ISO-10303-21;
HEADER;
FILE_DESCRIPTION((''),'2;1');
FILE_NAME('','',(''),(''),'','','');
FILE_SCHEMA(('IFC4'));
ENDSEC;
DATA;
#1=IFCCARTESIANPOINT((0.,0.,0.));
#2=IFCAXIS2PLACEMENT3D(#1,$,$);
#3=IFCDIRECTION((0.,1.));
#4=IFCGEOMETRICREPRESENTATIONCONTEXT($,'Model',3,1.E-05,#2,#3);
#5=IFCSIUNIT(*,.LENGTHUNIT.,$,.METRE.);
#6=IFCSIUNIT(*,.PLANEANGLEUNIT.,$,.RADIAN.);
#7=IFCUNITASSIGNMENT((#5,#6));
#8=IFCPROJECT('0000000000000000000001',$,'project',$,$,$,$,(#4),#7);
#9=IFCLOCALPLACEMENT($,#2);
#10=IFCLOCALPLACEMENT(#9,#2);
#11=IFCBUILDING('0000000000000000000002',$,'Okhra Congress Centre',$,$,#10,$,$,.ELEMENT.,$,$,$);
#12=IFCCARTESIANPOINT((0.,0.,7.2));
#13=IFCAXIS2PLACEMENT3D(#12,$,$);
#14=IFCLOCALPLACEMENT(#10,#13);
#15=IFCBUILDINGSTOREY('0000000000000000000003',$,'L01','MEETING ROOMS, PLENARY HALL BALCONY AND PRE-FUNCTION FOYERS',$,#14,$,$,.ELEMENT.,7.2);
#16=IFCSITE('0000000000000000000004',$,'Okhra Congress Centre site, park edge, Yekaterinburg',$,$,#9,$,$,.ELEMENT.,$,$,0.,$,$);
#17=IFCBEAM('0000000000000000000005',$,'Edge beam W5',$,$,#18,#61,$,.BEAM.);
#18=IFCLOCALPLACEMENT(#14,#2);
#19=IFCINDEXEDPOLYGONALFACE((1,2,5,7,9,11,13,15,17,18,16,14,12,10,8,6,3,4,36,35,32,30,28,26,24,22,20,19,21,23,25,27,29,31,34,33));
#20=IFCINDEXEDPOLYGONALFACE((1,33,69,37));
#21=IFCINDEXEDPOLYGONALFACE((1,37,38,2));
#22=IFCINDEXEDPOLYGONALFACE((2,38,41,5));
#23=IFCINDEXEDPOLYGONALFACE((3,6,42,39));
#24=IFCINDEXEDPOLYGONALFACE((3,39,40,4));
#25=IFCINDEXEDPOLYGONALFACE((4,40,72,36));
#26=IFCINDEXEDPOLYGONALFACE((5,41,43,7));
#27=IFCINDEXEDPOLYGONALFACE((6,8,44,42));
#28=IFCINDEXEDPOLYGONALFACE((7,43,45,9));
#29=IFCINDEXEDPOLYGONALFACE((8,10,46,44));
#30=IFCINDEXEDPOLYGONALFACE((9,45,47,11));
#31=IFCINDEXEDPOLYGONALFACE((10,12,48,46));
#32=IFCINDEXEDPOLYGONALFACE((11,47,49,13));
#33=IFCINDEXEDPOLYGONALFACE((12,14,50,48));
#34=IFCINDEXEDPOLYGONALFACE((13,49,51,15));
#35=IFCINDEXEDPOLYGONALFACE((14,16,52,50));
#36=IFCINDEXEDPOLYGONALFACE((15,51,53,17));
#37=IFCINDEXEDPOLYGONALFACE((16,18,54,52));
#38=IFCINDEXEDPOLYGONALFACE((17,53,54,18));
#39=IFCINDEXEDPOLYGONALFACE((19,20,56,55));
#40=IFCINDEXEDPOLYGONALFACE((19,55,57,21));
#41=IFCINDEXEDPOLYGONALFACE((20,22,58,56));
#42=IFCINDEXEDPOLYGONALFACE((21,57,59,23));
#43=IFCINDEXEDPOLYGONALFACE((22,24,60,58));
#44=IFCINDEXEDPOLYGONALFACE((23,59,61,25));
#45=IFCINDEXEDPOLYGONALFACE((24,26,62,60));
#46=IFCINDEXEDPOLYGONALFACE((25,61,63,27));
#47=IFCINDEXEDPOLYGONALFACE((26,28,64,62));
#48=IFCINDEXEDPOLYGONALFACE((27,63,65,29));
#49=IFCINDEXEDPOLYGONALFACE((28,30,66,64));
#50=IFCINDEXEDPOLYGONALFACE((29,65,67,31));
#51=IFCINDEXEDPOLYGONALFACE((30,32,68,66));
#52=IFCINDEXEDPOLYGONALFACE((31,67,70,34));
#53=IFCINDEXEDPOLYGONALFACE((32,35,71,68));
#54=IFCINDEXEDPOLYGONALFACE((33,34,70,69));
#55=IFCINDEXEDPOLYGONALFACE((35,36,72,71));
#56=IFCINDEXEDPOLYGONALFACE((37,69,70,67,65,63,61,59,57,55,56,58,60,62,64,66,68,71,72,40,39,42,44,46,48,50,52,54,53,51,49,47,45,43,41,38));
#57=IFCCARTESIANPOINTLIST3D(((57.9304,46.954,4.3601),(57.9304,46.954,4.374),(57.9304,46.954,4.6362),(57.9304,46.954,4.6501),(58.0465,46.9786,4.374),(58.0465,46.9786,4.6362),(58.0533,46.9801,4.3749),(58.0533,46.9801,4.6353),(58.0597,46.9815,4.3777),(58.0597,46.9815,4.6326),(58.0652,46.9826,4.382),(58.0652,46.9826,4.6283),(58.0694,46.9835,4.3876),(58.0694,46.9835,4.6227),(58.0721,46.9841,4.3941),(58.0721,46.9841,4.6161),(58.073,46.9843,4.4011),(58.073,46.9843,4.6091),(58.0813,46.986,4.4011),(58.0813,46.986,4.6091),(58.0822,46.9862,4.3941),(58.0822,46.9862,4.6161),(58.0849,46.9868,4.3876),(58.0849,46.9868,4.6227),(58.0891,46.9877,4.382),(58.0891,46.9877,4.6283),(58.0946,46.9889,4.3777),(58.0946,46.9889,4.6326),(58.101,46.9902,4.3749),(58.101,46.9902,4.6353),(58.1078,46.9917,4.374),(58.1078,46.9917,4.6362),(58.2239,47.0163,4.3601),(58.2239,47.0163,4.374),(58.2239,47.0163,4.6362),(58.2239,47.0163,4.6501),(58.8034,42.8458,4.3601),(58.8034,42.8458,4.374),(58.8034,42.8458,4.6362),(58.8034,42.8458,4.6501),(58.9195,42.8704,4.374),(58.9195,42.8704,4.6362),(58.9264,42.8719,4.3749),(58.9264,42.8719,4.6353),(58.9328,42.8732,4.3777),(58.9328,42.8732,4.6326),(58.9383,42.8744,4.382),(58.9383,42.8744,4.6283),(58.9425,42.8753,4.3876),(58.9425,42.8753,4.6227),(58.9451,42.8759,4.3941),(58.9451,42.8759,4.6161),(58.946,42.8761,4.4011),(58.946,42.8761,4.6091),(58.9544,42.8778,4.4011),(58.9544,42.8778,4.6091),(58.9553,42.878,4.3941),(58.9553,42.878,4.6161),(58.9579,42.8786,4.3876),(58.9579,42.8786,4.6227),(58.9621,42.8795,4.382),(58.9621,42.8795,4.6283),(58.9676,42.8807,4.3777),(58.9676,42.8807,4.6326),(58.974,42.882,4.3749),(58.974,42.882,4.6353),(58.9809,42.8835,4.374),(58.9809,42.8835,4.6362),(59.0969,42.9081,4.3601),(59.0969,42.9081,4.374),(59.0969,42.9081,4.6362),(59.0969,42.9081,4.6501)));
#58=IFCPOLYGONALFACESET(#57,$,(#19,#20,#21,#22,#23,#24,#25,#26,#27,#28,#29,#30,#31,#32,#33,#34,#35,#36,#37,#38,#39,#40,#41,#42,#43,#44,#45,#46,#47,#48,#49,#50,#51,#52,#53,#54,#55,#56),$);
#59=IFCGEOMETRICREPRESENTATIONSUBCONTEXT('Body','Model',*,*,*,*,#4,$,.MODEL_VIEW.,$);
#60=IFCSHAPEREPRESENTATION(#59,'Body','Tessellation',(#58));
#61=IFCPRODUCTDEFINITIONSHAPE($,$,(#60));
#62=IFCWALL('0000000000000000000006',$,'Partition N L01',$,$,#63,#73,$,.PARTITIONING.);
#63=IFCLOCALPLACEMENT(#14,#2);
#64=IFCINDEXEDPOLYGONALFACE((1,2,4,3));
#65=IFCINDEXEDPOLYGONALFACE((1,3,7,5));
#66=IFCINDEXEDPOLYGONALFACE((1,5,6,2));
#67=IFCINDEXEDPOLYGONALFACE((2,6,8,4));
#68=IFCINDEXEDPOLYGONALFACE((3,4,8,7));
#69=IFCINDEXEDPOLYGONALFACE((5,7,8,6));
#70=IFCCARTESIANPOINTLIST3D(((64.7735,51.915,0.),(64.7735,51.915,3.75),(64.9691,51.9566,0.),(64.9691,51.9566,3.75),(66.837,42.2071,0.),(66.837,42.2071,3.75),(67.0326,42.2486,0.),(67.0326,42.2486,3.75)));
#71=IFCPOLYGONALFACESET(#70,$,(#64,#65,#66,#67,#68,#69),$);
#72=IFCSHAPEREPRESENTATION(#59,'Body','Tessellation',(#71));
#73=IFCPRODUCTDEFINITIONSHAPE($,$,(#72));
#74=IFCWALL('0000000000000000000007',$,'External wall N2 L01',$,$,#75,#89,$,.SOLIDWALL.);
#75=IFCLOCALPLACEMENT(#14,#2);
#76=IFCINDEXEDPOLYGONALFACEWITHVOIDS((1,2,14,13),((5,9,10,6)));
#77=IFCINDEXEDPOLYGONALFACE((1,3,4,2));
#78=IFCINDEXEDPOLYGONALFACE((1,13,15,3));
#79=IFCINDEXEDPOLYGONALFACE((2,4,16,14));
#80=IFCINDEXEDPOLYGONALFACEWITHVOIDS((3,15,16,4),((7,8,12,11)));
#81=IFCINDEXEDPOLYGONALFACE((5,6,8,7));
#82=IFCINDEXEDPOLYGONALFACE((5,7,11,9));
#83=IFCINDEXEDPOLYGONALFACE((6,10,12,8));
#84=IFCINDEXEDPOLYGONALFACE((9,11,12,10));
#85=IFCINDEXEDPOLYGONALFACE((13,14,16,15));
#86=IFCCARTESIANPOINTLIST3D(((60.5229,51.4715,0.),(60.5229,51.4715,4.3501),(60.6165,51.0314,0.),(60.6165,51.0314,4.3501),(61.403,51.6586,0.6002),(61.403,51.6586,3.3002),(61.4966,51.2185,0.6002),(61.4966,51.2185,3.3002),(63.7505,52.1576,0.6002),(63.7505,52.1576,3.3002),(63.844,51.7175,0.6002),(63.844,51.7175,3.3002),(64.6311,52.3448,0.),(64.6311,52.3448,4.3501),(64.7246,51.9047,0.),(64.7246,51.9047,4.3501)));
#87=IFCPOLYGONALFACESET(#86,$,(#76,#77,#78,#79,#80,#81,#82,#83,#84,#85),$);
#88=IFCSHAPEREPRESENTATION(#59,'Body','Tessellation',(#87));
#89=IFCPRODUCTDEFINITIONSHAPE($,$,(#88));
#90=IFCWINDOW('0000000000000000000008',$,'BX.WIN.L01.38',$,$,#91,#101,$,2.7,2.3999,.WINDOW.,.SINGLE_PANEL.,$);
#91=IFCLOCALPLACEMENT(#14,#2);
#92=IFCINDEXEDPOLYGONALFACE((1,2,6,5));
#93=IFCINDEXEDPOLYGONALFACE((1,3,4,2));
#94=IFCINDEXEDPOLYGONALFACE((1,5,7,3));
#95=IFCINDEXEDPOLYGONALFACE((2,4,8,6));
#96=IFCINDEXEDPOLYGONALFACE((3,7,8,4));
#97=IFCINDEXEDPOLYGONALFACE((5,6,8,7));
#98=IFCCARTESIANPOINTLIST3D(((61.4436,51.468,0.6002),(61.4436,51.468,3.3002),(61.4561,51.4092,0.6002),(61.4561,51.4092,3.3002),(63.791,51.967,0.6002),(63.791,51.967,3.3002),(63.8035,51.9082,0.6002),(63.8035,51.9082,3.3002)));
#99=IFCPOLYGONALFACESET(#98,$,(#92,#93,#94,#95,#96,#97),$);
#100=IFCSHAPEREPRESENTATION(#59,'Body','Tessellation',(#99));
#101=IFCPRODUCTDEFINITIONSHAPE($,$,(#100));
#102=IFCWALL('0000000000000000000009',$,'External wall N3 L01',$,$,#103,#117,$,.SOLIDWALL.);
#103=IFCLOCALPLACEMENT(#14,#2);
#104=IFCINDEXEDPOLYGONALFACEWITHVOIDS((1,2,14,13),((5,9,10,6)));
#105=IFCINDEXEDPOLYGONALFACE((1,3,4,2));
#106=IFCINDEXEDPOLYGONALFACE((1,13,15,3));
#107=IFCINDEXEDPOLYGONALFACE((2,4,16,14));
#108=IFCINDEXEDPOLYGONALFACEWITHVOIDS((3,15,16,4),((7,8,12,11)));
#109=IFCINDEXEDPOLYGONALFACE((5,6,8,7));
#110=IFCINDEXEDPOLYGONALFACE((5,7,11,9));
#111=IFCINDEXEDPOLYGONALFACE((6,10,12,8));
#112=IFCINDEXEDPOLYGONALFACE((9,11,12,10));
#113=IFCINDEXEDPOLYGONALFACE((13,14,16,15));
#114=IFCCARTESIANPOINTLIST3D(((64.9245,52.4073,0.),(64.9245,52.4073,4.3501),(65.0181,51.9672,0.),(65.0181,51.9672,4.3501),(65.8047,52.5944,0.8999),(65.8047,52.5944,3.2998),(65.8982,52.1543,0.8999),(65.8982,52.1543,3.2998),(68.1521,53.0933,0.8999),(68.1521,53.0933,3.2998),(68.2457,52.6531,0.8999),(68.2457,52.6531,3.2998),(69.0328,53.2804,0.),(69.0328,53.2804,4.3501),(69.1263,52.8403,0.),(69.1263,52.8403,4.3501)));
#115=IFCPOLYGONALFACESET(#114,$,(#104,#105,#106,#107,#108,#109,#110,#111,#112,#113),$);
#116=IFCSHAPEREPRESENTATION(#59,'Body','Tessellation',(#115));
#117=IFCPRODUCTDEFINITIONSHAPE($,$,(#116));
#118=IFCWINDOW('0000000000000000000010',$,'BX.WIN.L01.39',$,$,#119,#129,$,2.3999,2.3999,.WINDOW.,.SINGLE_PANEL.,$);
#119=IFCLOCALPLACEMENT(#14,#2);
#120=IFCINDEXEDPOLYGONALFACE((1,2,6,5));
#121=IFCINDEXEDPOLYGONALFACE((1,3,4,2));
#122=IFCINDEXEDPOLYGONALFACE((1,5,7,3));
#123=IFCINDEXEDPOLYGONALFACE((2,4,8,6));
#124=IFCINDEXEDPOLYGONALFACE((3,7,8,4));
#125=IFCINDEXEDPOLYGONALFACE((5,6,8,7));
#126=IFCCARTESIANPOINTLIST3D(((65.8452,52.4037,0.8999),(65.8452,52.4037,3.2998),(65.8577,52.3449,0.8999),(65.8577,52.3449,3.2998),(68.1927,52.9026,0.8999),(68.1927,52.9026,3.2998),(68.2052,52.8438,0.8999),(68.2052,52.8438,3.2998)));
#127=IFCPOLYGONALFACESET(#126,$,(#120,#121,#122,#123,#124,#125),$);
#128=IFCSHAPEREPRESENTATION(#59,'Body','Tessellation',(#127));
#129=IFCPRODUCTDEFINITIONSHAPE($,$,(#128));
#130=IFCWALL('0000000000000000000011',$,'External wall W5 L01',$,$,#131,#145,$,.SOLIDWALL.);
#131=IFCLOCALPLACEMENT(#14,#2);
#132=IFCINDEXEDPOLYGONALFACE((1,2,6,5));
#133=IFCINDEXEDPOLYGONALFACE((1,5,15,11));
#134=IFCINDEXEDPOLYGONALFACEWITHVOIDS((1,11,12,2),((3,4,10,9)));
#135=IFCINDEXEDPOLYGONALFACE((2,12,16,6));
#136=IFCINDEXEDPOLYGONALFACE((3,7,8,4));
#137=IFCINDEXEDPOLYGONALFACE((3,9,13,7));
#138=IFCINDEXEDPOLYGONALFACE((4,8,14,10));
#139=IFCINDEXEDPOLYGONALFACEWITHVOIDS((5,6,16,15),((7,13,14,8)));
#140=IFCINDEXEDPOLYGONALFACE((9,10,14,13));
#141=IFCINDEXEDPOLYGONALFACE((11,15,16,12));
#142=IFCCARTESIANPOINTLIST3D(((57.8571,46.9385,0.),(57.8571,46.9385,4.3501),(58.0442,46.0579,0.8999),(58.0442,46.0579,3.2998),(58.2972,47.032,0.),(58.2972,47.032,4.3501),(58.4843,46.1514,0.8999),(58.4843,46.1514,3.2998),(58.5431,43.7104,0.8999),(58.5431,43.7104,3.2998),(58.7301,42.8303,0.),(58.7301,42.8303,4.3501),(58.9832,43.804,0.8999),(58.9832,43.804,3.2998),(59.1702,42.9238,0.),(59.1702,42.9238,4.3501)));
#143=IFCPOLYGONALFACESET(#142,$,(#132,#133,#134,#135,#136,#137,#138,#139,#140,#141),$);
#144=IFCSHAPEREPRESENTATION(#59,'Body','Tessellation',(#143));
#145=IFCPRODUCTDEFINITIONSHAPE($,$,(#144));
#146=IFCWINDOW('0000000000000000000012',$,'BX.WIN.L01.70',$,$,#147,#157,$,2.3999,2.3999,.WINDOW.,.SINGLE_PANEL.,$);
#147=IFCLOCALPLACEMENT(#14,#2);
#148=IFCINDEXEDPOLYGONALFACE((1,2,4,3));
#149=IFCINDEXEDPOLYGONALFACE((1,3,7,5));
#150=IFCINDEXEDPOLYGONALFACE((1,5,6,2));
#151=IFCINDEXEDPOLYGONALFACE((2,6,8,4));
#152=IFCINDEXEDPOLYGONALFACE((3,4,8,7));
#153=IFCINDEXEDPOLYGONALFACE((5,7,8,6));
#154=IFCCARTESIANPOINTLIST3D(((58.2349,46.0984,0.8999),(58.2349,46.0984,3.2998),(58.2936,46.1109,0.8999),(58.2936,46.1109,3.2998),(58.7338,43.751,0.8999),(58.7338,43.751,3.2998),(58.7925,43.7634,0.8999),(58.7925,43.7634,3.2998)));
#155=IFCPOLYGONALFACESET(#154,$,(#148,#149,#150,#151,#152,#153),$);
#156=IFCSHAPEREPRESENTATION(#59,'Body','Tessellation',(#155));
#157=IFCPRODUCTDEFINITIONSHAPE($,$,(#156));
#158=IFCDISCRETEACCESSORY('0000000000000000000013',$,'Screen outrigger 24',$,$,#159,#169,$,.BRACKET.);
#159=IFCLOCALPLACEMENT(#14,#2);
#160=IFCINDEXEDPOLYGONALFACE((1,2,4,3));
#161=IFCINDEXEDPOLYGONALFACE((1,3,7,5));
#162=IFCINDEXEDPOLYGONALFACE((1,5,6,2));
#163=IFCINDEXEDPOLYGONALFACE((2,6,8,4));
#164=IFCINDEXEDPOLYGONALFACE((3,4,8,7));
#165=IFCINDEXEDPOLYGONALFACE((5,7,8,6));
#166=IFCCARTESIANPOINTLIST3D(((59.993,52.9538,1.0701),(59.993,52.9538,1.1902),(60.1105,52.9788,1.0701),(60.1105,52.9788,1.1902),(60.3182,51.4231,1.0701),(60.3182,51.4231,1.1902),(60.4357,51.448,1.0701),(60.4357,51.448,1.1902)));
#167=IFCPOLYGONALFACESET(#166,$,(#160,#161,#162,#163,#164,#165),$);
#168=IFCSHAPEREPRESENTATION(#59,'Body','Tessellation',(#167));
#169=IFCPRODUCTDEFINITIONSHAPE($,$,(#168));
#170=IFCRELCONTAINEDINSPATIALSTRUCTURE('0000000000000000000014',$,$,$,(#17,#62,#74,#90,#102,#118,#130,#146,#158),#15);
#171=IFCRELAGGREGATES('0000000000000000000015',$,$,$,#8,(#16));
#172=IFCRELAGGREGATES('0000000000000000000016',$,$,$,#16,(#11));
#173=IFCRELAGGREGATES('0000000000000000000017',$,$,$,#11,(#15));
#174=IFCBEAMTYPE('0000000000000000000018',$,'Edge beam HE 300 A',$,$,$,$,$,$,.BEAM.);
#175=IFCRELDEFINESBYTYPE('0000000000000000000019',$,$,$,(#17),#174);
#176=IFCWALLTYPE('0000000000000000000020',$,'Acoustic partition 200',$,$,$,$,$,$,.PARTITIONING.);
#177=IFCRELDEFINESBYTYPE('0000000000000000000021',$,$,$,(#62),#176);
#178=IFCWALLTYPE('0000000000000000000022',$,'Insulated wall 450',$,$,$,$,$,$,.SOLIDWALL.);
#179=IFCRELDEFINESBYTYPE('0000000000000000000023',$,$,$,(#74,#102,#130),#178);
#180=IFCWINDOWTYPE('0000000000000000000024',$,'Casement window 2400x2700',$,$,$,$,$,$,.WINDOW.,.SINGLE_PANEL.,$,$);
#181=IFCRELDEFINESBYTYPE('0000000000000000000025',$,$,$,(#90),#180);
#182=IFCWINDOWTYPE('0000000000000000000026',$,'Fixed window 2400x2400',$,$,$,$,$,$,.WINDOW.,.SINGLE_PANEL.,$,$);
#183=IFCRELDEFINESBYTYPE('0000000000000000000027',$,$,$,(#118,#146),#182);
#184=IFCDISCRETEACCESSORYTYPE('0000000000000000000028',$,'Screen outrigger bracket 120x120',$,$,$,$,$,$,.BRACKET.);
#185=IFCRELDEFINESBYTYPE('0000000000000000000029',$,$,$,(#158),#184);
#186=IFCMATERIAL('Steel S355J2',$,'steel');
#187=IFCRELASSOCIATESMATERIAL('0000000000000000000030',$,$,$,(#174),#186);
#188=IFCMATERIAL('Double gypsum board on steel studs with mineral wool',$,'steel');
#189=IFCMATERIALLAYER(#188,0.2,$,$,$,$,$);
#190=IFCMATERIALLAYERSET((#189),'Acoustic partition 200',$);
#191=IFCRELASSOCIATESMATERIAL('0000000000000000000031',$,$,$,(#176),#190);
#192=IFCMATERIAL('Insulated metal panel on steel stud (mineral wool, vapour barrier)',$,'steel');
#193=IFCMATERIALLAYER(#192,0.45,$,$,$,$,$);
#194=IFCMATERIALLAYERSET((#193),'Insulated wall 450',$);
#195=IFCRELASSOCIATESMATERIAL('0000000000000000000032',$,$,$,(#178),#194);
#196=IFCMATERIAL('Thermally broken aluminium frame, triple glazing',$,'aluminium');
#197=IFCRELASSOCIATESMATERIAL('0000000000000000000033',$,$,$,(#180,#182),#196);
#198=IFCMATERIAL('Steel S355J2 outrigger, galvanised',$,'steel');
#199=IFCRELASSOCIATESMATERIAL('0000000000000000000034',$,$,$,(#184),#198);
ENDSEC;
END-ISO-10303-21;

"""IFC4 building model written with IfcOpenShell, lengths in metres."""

from ifc_helpers import new_model, si_unit, direction, frame, frame_2d, origin, origin_2d, place, context, subcontext, project, spatial, rectangle, i_section, extrude, material, layer, layer_set, material_profile, profile_set, type_object, element, fill, save


model = new_model("IFC4")

# Units and contexts
model_context = context("Model", 3, precision=1e-05, world=origin(), true_north=direction((0.0, 1.0)))
body_context = subcontext(model_context, "Body", "Model", "MODEL_VIEW")
ifc_project = project(units=[si_unit("LENGTHUNIT", "METRE"), si_unit("PLANEANGLEUNIT", "RADIAN")], contexts=[model_context])

# Site, building, storey
site_placement = place(None, origin())
site = spatial("IfcSite", under=ifc_project, at=site_placement, Name="Okhra Congress Centre site, park edge, Yekaterinburg", CompositionType="ELEMENT", RefElevation=0.0)
building_placement = place(site_placement, origin())
building = spatial("IfcBuilding", under=site, at=building_placement, Name="Okhra Congress Centre", CompositionType="ELEMENT")
storey_placement = place(building_placement, frame((0.0, 0.0, 7.2)))
storey = spatial("IfcBuildingStorey", under=building, at=storey_placement, Name="L01", Description="MEETING ROOMS, PLENARY HALL BALCONY AND PRE-FUNCTION FOYERS", CompositionType="ELEMENT", Elevation=7.2)

# Shared definitions
ifc_material_1 = material(Name="Steel S355J2", Category="steel")

# Beam
ifc_material_profile_1 = material_profile(ifc_material_1, i_section(OverallWidth=0.3, OverallDepth=0.29, WebThickness=0.0085, FlangeThickness=0.0139, FilletRadius=0.0271, at=origin_2d()), Name="HE 300 A")
ifc_profile_set_1 = profile_set([ifc_material_profile_1], Name="Steel S355J2")
beam_type = type_object("IfcBeamType", Name="Edge beam HE 300 A", PredefinedType="BEAM", material=ifc_profile_set_1)
for number, where, z_axis, x_axis, name in (
    (1, (58.9502, 42.877, 4.5051), (-0.207873, 0.978156, 0.0), (-0.978156, -0.207873, 0.0), "Edge beam W5"),
):
    element("IfcBeam", number, at=place(storey_placement, frame(where, z_axis=z_axis, x_axis=x_axis)), inside=storey, type_object=beam_type, Name=name, PredefinedType="BEAM", context=body_context, shape_type="SweptSolid", body=[
        extrude(i_section(OverallWidth=0.3, OverallDepth=0.29, WebThickness=0.0085, FlangeThickness=0.0139, FilletRadius=0.0271, at=origin_2d()), origin(), (0.0, 0.0, 1.0), 4.2),
    ])

# Wall
ifc_material_2 = material(Name="Double gypsum board on steel studs with mineral wool", Category="steel")
ifc_layer_1 = layer(ifc_material_2, 0.2)
ifc_layer_set_1 = layer_set([ifc_layer_1], Name="Acoustic partition 200")
wall_type_1 = type_object("IfcWallType", Name="Acoustic partition 200", PredefinedType="PARTITIONING", material=ifc_layer_set_1)
wall_1_placement = place(storey_placement, frame((64.8713, 51.9358, 0.0), z_axis=(0.0, 0.0, 1.0), x_axis=(0.207909, -0.978148, 0.0)))
element("IfcWall", 2, at=wall_1_placement, inside=storey, type_object=wall_type_1, Name="Partition N L01", PredefinedType="PARTITIONING", context=body_context, shape_type="SweptSolid", body=[
    extrude(rectangle(XDim=9.9248, YDim=0.2, at=frame_2d((4.9624, 0.0))), origin(), (0.0, 0.0, 1.0), 3.75),
])

# Walls, openings, windows
ifc_material_3 = material(Name="Insulated metal panel on steel stud (mineral wool, vapour barrier)", Category="steel")
ifc_layer_2 = layer(ifc_material_3, 0.45)
ifc_layer_set_2 = layer_set([ifc_layer_2], Name="Insulated wall 450")
wall_type_2 = type_object("IfcWallType", Name="Insulated wall 450", PredefinedType="SOLIDWALL", material=ifc_layer_set_2)
wall_2_placement = place(storey_placement, frame((60.5696, 51.2515, 0.0), z_axis=(0.0, 0.0, 1.0), x_axis=(0.978144, 0.207929, 0.0)))
wall_2 = element("IfcWall", 3, at=wall_2_placement, inside=storey, type_object=wall_type_2, Name="External wall N2 L01", PredefinedType="SOLIDWALL", context=body_context, shape_type="SweptSolid", body=[
    extrude(rectangle(XDim=4.2, YDim=0.45, at=frame_2d((2.1001, 0.0))), origin(), (0.0, 0.0, 1.0), 4.3501),
])
opening_1_placement = place(wall_2_placement, frame((0.8999, 0.0, 0.6001)))
opening_1 = element("IfcOpeningElement", 4, at=opening_1_placement, cuts=wall_2, PredefinedType="OPENING", context=body_context, shape_type="SweptSolid", body=[
    extrude(rectangle(XDim=2.3999, YDim=2.7, at=frame_2d((1.2, 1.3501))), frame((0.0, 0.2349, 0.0), z_axis=(0.0, -1.0, 0.0), x_axis=(1.0, 0.0, 0.0)), (0.0, 0.0, 1.0), 0.47),
])
ifc_material_4 = material(Name="Thermally broken aluminium frame, triple glazing", Category="aluminium")
window_type_1 = type_object("IfcWindowType", Name="Casement window 2400x2700", PartitioningType="SINGLE_PANEL", PredefinedType="WINDOW", material=ifc_material_4)
window_1_placement = place(opening_1_placement, origin())
window_1 = element("IfcWindow", 5, at=window_1_placement, inside=storey, type_object=window_type_1, Name="BX.WIN.L01.38", OverallHeight=2.7, OverallWidth=2.3999, PartitioningType="SINGLE_PANEL", PredefinedType="WINDOW", context=body_context, shape_type="SweptSolid", body=[
    extrude(rectangle(XDim=2.3999, YDim=2.7, at=frame_2d((1.2, 1.3501))), frame((0.0, 0.03, 0.0), z_axis=(0.0, -1.0, 0.0), x_axis=(1.0, 0.0, 0.0)), (0.0, 0.0, 1.0), 0.0601),
])
fill(opening_1, window_1)
wall_3_placement = place(storey_placement, frame((64.9712, 52.1873, 0.0), z_axis=(0.0, 0.0, 1.0), x_axis=(0.978156, 0.207873, 0.0)))
wall_3 = element("IfcWall", 6, at=wall_3_placement, inside=storey, type_object=wall_type_2, Name="External wall N3 L01", PredefinedType="SOLIDWALL", context=body_context, shape_type="SweptSolid", body=[
    extrude(rectangle(XDim=4.2, YDim=0.45, at=frame_2d((2.1001, 0.0))), origin(), (0.0, 0.0, 1.0), 4.3501),
])
opening_2_placement = place(wall_3_placement, frame((0.8999, 0.0, 0.8999)))
opening_2 = element("IfcOpeningElement", 7, at=opening_2_placement, cuts=wall_3, PredefinedType="OPENING", context=body_context, shape_type="SweptSolid", body=[
    extrude(rectangle(XDim=2.3999, YDim=2.3999, at=frame_2d((1.2, 1.2))), frame((0.0, 0.2349, 0.0), z_axis=(0.0, -1.0, 0.0), x_axis=(1.0, 0.0, 0.0)), (0.0, 0.0, 1.0), 0.47),
])
window_type_2 = type_object("IfcWindowType", Name="Fixed window 2400x2400", PartitioningType="SINGLE_PANEL", PredefinedType="WINDOW", material=ifc_material_4)
window_2_placement = place(opening_2_placement, origin())
window_2 = element("IfcWindow", 8, at=window_2_placement, inside=storey, type_object=window_type_2, Name="BX.WIN.L01.39", OverallHeight=2.3999, OverallWidth=2.3999, PartitioningType="SINGLE_PANEL", PredefinedType="WINDOW", context=body_context, shape_type="SweptSolid", body=[
    extrude(rectangle(XDim=2.3999, YDim=2.3999, at=frame_2d((1.2, 1.2))), frame((0.0, 0.03, 0.0), z_axis=(0.0, -1.0, 0.0), x_axis=(1.0, 0.0, 0.0)), (0.0, 0.0, 1.0), 0.0601),
])
fill(opening_2, window_2)
wall_4_placement = place(storey_placement, frame((58.9502, 42.877, 0.0), z_axis=(0.0, 0.0, 1.0), x_axis=(-0.207873, 0.978156, 0.0)))
wall_4 = element("IfcWall", 9, at=wall_4_placement, inside=storey, type_object=wall_type_2, Name="External wall W5 L01", PredefinedType="SOLIDWALL", context=body_context, shape_type="SweptSolid", body=[
    extrude(rectangle(XDim=4.2, YDim=0.45, at=frame_2d((2.1001, 0.0))), origin(), (0.0, 0.0, 1.0), 4.3501),
])
opening_3_placement = place(wall_4_placement, frame((0.8999, 0.0, 0.8999)))
opening_3 = element("IfcOpeningElement", 10, at=opening_3_placement, cuts=wall_4, PredefinedType="OPENING", context=body_context, shape_type="SweptSolid", body=[
    extrude(rectangle(XDim=2.3999, YDim=2.3999, at=frame_2d((1.2, 1.2))), frame((0.0, 0.2349, 0.0), z_axis=(0.0, -1.0, 0.0), x_axis=(1.0, 0.0, 0.0)), (0.0, 0.0, 1.0), 0.47),
])
window_3_placement = place(opening_3_placement, origin())
window_3 = element("IfcWindow", 11, at=window_3_placement, inside=storey, type_object=window_type_2, Name="BX.WIN.L01.70", OverallHeight=2.3999, OverallWidth=2.3999, PartitioningType="SINGLE_PANEL", PredefinedType="WINDOW", context=body_context, shape_type="SweptSolid", body=[
    extrude(rectangle(XDim=2.3999, YDim=2.3999, at=frame_2d((1.2, 1.2))), frame((0.0, 0.03, 0.0), z_axis=(0.0, -1.0, 0.0), x_axis=(1.0, 0.0, 0.0)), (0.0, 0.0, 1.0), 0.0601),
])
fill(opening_3, window_3)

# Discrete accessory
ifc_material_5 = material(Name="Steel S355J2 outrigger, galvanised", Category="steel")
ifc_material_profile_2 = material_profile(ifc_material_5, rectangle(XDim=0.1201, YDim=0.1201, at=origin_2d()), Name="Screen outrigger bracket 120x120")
ifc_profile_set_2 = profile_set([ifc_material_profile_2], Name="Steel S355J2 outrigger, galvanised")
discrete_accessory_type = type_object("IfcDiscreteAccessoryType", Name="Screen outrigger bracket 120x120", PredefinedType="BRACKET", material=ifc_profile_set_2)
for number, where, z_axis, x_axis, name in (
    (12, (60.377, 51.4355, 1.1301), (-0.207803, 0.978171, 0.0), (-0.978171, -0.207803, 0.0), "Screen outrigger 24"),
):
    element("IfcDiscreteAccessory", number, at=place(storey_placement, frame(where, z_axis=z_axis, x_axis=x_axis)), inside=storey, type_object=discrete_accessory_type, Name=name, PredefinedType="BRACKET", context=body_context, shape_type="SweptSolid", body=[
        extrude(rectangle(XDim=0.1201, YDim=0.1201, at=origin_2d()), origin(), (0.0, 0.0, 1.0), 1.5649),
    ])

save(model, "model.ifc")
